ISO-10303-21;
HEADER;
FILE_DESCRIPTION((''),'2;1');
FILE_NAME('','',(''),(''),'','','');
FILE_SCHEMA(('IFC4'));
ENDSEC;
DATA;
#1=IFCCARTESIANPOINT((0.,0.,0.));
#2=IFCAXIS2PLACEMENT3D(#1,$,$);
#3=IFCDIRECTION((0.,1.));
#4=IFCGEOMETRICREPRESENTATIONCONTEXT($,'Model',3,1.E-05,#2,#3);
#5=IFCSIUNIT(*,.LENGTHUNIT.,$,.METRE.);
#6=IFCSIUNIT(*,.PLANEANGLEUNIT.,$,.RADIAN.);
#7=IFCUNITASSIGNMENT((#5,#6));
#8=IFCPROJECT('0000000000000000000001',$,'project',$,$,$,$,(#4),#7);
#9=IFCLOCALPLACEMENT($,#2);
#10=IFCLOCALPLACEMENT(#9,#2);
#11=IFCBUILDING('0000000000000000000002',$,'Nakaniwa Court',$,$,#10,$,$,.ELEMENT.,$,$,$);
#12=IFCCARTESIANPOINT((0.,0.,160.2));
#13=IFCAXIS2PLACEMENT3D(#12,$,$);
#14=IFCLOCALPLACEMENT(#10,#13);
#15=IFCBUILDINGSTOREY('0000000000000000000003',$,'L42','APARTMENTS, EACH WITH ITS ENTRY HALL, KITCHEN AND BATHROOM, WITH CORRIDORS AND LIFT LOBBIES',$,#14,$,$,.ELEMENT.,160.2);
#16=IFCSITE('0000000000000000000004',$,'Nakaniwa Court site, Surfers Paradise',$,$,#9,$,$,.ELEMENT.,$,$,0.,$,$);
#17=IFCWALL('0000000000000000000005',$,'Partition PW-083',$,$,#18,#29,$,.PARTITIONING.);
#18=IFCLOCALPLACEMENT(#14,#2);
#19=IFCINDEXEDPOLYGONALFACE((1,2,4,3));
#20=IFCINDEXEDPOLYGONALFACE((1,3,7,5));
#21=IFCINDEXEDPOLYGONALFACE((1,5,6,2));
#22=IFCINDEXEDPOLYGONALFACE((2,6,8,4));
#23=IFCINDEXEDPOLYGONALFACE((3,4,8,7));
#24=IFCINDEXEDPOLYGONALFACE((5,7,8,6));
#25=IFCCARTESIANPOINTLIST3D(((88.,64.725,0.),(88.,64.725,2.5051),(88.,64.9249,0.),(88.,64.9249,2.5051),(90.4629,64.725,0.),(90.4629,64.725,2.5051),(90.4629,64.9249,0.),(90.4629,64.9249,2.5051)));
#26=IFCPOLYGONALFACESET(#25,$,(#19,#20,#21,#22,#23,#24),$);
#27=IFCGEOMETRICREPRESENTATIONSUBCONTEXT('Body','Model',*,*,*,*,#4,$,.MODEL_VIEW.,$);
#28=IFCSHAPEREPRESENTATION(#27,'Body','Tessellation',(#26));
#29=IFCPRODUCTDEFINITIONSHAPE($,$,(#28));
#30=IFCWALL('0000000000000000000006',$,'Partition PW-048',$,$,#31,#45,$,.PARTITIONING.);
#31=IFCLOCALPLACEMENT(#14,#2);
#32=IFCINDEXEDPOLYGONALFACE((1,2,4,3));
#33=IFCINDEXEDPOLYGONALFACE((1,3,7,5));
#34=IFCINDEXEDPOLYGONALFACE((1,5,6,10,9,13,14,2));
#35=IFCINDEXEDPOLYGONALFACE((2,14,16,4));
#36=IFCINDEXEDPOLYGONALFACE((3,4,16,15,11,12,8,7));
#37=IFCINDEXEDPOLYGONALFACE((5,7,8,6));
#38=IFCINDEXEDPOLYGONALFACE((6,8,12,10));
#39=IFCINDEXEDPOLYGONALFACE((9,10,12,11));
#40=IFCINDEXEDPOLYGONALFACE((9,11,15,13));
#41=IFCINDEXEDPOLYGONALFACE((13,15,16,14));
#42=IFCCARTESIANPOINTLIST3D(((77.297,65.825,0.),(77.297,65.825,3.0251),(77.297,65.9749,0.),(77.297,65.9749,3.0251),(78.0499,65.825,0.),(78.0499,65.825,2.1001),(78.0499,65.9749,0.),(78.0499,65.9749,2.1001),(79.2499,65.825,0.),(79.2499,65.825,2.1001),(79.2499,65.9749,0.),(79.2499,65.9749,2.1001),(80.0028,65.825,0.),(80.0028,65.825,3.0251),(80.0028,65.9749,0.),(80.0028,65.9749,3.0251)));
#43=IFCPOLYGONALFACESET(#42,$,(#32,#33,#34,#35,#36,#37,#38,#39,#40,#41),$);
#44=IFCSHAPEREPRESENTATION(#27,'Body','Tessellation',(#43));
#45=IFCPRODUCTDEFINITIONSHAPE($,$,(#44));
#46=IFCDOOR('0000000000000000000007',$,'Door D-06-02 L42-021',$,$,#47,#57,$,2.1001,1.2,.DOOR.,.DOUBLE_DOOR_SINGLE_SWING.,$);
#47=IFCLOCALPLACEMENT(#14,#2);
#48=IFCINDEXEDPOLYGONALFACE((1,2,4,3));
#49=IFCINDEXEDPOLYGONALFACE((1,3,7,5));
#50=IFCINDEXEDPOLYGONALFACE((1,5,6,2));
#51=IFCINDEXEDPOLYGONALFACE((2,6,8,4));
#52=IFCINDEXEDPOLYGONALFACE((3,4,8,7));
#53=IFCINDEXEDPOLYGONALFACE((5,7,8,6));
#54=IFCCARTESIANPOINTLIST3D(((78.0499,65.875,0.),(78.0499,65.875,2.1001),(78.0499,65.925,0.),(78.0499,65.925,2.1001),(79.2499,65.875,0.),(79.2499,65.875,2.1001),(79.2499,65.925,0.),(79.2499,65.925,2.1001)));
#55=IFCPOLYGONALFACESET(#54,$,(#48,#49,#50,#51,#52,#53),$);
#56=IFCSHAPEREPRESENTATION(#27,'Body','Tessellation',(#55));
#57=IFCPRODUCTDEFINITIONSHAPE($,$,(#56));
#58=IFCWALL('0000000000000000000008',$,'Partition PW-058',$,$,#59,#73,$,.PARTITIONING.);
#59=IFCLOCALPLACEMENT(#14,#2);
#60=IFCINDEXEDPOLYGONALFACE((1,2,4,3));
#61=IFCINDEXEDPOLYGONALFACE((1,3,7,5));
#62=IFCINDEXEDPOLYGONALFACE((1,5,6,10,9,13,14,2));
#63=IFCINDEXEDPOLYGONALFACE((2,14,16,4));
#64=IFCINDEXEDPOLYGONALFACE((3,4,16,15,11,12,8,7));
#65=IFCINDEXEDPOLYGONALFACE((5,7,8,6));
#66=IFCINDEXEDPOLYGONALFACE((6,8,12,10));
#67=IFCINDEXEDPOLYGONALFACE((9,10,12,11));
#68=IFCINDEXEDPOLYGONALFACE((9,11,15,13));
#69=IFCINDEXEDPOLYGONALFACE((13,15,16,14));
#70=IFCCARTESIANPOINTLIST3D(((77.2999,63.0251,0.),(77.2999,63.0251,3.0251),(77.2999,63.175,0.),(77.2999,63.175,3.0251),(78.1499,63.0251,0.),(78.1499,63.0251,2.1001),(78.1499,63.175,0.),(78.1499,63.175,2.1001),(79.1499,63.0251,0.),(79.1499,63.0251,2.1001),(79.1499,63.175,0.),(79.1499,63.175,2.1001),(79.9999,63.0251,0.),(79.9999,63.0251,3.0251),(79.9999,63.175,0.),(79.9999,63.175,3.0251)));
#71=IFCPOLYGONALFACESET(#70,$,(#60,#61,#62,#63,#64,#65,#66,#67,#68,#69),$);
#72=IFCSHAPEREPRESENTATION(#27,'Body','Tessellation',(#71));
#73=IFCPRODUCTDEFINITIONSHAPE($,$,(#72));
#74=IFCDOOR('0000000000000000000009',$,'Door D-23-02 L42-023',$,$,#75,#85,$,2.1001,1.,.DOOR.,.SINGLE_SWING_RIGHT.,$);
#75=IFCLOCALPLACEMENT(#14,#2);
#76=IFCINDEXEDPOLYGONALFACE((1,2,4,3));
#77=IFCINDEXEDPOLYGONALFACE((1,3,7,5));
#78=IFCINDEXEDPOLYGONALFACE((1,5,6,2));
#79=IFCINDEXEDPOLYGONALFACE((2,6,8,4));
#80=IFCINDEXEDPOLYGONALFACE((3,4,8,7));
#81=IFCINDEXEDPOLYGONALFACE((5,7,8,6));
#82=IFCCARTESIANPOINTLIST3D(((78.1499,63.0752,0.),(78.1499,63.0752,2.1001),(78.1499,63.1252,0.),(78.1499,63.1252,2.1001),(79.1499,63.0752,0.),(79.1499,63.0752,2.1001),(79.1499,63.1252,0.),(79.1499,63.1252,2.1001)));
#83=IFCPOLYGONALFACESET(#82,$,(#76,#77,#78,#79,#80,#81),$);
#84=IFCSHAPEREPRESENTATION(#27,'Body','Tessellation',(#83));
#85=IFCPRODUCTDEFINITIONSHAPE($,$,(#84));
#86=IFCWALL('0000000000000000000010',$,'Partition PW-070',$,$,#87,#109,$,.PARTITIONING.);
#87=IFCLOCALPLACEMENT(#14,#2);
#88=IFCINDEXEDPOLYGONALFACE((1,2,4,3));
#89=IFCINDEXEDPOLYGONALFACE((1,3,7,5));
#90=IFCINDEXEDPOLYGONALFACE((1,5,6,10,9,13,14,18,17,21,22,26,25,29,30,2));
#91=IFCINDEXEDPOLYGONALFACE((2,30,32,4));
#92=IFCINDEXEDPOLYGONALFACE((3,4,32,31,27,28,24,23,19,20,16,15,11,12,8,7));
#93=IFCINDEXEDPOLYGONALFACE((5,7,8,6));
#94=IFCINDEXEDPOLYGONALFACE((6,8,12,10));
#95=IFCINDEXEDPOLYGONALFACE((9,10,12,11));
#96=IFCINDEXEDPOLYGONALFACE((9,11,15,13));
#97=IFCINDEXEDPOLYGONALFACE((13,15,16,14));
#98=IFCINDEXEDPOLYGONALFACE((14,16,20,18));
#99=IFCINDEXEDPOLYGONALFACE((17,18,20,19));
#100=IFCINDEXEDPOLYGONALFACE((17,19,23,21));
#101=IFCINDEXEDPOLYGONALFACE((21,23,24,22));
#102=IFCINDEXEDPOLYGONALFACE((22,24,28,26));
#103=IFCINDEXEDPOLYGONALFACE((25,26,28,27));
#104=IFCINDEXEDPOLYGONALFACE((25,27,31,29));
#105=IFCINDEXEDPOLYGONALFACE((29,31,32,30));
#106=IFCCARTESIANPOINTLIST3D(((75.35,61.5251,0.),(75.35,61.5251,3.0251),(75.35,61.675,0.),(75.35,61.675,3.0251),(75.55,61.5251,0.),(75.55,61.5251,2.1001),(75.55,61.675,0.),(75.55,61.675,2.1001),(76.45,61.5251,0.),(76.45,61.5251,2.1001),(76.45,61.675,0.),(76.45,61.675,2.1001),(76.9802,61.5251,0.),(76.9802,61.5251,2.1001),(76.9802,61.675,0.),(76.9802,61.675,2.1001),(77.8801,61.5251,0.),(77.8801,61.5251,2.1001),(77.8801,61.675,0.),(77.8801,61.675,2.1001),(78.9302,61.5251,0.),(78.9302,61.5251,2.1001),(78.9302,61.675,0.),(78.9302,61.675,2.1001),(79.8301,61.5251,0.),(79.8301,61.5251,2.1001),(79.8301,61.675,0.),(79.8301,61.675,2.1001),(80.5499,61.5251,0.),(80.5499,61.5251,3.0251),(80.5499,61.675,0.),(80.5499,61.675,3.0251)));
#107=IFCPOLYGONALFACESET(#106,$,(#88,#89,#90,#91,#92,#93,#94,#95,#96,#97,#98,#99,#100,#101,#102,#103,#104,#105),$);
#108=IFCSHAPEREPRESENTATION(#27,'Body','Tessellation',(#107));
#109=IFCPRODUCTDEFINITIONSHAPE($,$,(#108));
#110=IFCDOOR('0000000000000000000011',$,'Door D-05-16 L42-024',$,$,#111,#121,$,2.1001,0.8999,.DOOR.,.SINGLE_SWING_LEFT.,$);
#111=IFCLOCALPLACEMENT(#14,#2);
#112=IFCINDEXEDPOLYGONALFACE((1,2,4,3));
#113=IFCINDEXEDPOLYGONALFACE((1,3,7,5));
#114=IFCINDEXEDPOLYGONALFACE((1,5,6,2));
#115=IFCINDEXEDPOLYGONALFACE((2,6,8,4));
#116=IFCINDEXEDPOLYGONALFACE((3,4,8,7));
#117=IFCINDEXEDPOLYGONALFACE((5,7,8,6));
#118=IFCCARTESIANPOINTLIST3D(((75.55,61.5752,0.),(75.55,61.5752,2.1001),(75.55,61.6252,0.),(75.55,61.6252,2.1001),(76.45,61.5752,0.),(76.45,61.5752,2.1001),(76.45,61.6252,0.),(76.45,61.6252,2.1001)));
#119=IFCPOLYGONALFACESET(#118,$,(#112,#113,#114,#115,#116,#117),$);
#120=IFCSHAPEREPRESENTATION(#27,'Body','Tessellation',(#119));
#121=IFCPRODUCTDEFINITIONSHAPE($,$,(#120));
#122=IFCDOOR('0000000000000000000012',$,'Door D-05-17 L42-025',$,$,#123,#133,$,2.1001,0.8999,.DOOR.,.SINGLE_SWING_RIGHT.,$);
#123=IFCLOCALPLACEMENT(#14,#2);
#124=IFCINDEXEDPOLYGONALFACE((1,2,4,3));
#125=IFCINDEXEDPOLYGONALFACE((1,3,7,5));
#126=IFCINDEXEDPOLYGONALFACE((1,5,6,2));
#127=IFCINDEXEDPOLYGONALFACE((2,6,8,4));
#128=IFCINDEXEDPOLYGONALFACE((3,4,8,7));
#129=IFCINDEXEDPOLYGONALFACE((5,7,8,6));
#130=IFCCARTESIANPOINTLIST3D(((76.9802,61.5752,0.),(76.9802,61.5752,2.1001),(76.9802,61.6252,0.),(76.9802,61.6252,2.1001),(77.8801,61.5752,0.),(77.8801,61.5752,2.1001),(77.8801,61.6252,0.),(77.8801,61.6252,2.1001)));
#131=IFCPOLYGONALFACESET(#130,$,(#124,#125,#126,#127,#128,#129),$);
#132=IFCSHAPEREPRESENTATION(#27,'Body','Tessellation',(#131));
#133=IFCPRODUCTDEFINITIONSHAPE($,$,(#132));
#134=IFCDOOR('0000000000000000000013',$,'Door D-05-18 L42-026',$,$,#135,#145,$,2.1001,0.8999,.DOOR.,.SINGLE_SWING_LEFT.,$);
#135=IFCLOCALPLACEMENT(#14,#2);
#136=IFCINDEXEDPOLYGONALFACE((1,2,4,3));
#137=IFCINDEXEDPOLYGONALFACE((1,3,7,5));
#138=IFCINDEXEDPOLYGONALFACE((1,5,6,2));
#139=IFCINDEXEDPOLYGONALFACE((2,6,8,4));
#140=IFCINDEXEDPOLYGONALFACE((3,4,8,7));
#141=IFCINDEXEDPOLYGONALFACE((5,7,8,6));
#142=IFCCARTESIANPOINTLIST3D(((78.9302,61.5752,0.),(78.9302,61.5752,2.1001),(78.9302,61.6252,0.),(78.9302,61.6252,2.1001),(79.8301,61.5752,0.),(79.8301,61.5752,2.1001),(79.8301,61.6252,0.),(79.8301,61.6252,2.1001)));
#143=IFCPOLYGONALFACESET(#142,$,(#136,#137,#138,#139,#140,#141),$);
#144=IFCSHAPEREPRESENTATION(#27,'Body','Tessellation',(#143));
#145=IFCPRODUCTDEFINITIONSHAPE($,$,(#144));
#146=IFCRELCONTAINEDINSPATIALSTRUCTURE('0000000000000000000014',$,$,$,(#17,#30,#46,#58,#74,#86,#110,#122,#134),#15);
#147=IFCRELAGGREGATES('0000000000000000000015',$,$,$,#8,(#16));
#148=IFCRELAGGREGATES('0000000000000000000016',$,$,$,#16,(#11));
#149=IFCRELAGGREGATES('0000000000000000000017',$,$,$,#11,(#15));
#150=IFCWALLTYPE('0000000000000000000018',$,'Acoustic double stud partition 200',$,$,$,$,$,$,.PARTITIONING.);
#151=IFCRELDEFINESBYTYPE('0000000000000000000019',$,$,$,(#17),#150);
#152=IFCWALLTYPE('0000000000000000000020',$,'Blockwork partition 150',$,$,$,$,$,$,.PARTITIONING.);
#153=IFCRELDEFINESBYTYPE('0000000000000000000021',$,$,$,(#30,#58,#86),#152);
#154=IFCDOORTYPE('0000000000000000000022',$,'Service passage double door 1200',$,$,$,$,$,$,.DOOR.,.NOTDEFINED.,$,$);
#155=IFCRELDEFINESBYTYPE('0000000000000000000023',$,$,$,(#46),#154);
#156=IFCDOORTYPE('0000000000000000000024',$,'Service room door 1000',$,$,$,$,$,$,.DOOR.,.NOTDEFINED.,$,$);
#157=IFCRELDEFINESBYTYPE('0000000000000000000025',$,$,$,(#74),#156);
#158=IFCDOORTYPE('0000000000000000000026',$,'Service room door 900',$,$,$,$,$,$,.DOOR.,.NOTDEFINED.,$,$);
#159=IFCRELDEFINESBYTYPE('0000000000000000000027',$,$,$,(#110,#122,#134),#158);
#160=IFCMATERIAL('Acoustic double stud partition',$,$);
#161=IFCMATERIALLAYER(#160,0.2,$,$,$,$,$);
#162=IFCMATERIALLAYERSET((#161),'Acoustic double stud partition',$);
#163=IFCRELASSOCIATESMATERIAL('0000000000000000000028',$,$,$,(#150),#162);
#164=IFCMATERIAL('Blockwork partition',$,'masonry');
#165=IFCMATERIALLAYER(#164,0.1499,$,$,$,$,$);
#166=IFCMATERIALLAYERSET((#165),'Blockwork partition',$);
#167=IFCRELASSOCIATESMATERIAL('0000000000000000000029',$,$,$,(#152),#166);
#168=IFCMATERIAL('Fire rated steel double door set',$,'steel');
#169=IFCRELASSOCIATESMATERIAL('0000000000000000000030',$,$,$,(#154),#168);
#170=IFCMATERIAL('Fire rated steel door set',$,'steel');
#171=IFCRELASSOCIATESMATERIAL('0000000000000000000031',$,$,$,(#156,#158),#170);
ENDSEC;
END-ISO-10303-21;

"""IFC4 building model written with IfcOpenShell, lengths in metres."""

from ifc_helpers import new_model, si_unit, direction, frame, frame_2d, origin, place, context, subcontext, project, spatial, rectangle, extrude, material, layer, layer_set, type_object, element, fill, save


model = new_model("IFC4")

# Units and contexts
model_context = context("Model", 3, precision=1e-05, world=origin(), true_north=direction((0.0, 1.0)))
body_context = subcontext(model_context, "Body", "Model", "MODEL_VIEW")
ifc_project = project(units=[si_unit("LENGTHUNIT", "METRE"), si_unit("PLANEANGLEUNIT", "RADIAN")], contexts=[model_context])

# Site, building, storey
site_placement = place(None, origin())
site = spatial("IfcSite", under=ifc_project, at=site_placement, Name="Nakaniwa Court site, Surfers Paradise", CompositionType="ELEMENT", RefElevation=0.0)
building_placement = place(site_placement, origin())
building = spatial("IfcBuilding", under=site, at=building_placement, Name="Nakaniwa Court", CompositionType="ELEMENT")
storey_placement = place(building_placement, frame((0.0, 0.0, 160.2)))
storey = spatial("IfcBuildingStorey", under=building, at=storey_placement, Name="L42", Description="APARTMENTS, EACH WITH ITS ENTRY HALL, KITCHEN AND BATHROOM, WITH CORRIDORS AND LIFT LOBBIES", CompositionType="ELEMENT", Elevation=160.2)

# Wall
ifc_material_1 = material(Name="Acoustic double stud partition")
ifc_layer_1 = layer(ifc_material_1, 0.2)
ifc_layer_set_1 = layer_set([ifc_layer_1], Name="Acoustic double stud partition")
wall_type_1 = type_object("IfcWallType", Name="Acoustic double stud partition 200", PredefinedType="PARTITIONING", material=ifc_layer_set_1)
wall_1_placement = place(storey_placement, frame((88.0, 64.825, 0.0), z_axis=(0.0, 0.0, 1.0), x_axis=(1.0, 0.0, 0.0)))
element("IfcWall", 1, at=wall_1_placement, inside=storey, type_object=wall_type_1, Name="Partition PW-083", PredefinedType="PARTITIONING", context=body_context, shape_type="SweptSolid", body=[
    extrude(rectangle(XDim=2.4629, YDim=0.2, at=frame_2d((1.2314, 0.0))), origin(), (0.0, 0.0, 1.0), 2.5051),
])

# Walls, openings, doors
ifc_material_2 = material(Name="Blockwork partition", Category="masonry")
ifc_layer_2 = layer(ifc_material_2, 0.1499)
ifc_layer_set_2 = layer_set([ifc_layer_2], Name="Blockwork partition")
wall_type_2 = type_object("IfcWallType", Name="Blockwork partition 150", PredefinedType="PARTITIONING", material=ifc_layer_set_2)
wall_2_placement = place(storey_placement, frame((80.0029, 65.8999, 0.0), z_axis=(0.0, 0.0, 1.0), x_axis=(-1.0, 0.0, 0.0)))
wall_2 = element("IfcWall", 2, at=wall_2_placement, inside=storey, type_object=wall_type_2, Name="Partition PW-048", PredefinedType="PARTITIONING", context=body_context, shape_type="SweptSolid", body=[
    extrude(rectangle(XDim=2.7058, YDim=0.1499, at=frame_2d((1.353, 0.0))), origin(), (0.0, 0.0, 1.0), 3.0251),
])
opening_1_placement = place(wall_2_placement, frame((0.7529, 0.0, 0.0)))
opening_1 = element("IfcOpeningElement", 3, at=opening_1_placement, cuts=wall_2, PredefinedType="OPENING", context=body_context, shape_type="SweptSolid", body=[
    extrude(rectangle(XDim=1.2, YDim=2.1001, at=frame_2d((0.6001, 1.05))), frame((0.0, 0.085, 0.0), z_axis=(0.0, -1.0, 0.0), x_axis=(1.0, 0.0, 0.0)), (0.0, 0.0, 1.0), 0.1699),
])
ifc_material_3 = material(Name="Fire rated steel double door set", Category="steel")
door_type_1 = type_object("IfcDoorType", Name="Service passage double door 1200", OperationType="NOTDEFINED", PredefinedType="DOOR", material=ifc_material_3)
door_1_placement = place(opening_1_placement, origin())
door_1 = element("IfcDoor", 4, at=door_1_placement, inside=storey, type_object=door_type_1, Name="Door D-06-02 L42-021", OperationType="DOUBLE_DOOR_SINGLE_SWING", OverallHeight=2.1001, OverallWidth=1.2, PredefinedType="DOOR", context=body_context, shape_type="SweptSolid", body=[
    extrude(rectangle(XDim=1.2, YDim=2.1001, at=frame_2d((0.6001, 1.05))), frame((0.0, 0.0249, 0.0), z_axis=(0.0, -1.0, 0.0), x_axis=(1.0, 0.0, 0.0)), (0.0, 0.0, 1.0), 0.05),
])
fill(opening_1, door_1)
wall_3_placement = place(storey_placement, frame((80.0, 63.1001, 0.0), z_axis=(0.0, 0.0, 1.0), x_axis=(-1.0, 0.0, 0.0)))
wall_3 = element("IfcWall", 5, at=wall_3_placement, inside=storey, type_object=wall_type_2, Name="Partition PW-058", PredefinedType="PARTITIONING", context=body_context, shape_type="SweptSolid", body=[
    extrude(rectangle(XDim=2.7, YDim=0.1499, at=frame_2d((1.3501, 0.0))), origin(), (0.0, 0.0, 1.0), 3.0251),
])
opening_2_placement = place(wall_3_placement, frame((0.8501, 0.0, 0.0)))
opening_2 = element("IfcOpeningElement", 6, at=opening_2_placement, cuts=wall_3, PredefinedType="OPENING", context=body_context, shape_type="SweptSolid", body=[
    extrude(rectangle(XDim=1.0, YDim=2.1001, at=frame_2d((0.5, 1.05))), frame((0.0, 0.085, 0.0), z_axis=(0.0, -1.0, 0.0), x_axis=(1.0, 0.0, 0.0)), (0.0, 0.0, 1.0), 0.1699),
])
ifc_material_4 = material(Name="Fire rated steel door set", Category="steel")
door_type_2 = type_object("IfcDoorType", Name="Service room door 1000", OperationType="NOTDEFINED", PredefinedType="DOOR", material=ifc_material_4)
door_2_placement = place(opening_2_placement, origin())
door_2 = element("IfcDoor", 7, at=door_2_placement, inside=storey, type_object=door_type_2, Name="Door D-23-02 L42-023", OperationType="SINGLE_SWING_RIGHT", OverallHeight=2.1001, OverallWidth=1.0, PredefinedType="DOOR", context=body_context, shape_type="SweptSolid", body=[
    extrude(rectangle(XDim=1.0, YDim=2.1001, at=frame_2d((0.5, 1.05))), frame((0.0, 0.0249, 0.0), z_axis=(0.0, -1.0, 0.0), x_axis=(1.0, 0.0, 0.0)), (0.0, 0.0, 1.0), 0.05),
])
fill(opening_2, door_2)

# Wall, openings, doors
wall_4_placement = place(storey_placement, frame((80.55, 61.6001, 0.0), z_axis=(0.0, 0.0, 1.0), x_axis=(-1.0, 0.0, 0.0)))
wall_4 = element("IfcWall", 8, at=wall_4_placement, inside=storey, type_object=wall_type_2, Name="Partition PW-070", PredefinedType="PARTITIONING", context=body_context, shape_type="SweptSolid", body=[
    extrude(rectangle(XDim=5.2, YDim=0.1499, at=frame_2d((2.6001, 0.0))), origin(), (0.0, 0.0, 1.0), 3.0251),
])
opening_3_placement = place(wall_4_placement, frame((4.1001, 0.0, 0.0)))
opening_3 = element("IfcOpeningElement", 9, at=opening_3_placement, cuts=wall_4, PredefinedType="OPENING", context=body_context, shape_type="SweptSolid", body=[
    extrude(rectangle(XDim=0.8999, YDim=2.1001, at=frame_2d((0.45, 1.05))), frame((0.0, 0.085, 0.0), z_axis=(0.0, -1.0, 0.0), x_axis=(1.0, 0.0, 0.0)), (0.0, 0.0, 1.0), 0.1699),
])
opening_4_placement = place(wall_4_placement, frame((2.6699, 0.0, 0.0)))
opening_4 = element("IfcOpeningElement", 10, at=opening_4_placement, cuts=wall_4, PredefinedType="OPENING", context=body_context, shape_type="SweptSolid", body=[
    extrude(rectangle(XDim=0.8999, YDim=2.1001, at=frame_2d((0.45, 1.05))), frame((0.0, 0.085, 0.0), z_axis=(0.0, -1.0, 0.0), x_axis=(1.0, 0.0, 0.0)), (0.0, 0.0, 1.0), 0.1699),
])
opening_5_placement = place(wall_4_placement, frame((0.72, 0.0, 0.0)))
opening_5 = element("IfcOpeningElement", 11, at=opening_5_placement, cuts=wall_4, PredefinedType="OPENING", context=body_context, shape_type="SweptSolid", body=[
    extrude(rectangle(XDim=0.8999, YDim=2.1001, at=frame_2d((0.45, 1.05))), frame((0.0, 0.085, 0.0), z_axis=(0.0, -1.0, 0.0), x_axis=(1.0, 0.0, 0.0)), (0.0, 0.0, 1.0), 0.1699),
])
door_type_3 = type_object("IfcDoorType", Name="Service room door 900", OperationType="NOTDEFINED", PredefinedType="DOOR", material=ifc_material_4)
door_3_placement = place(opening_3_placement, origin())
door_3 = element("IfcDoor", 12, at=door_3_placement, inside=storey, type_object=door_type_3, Name="Door D-05-16 L42-024", OperationType="SINGLE_SWING_LEFT", OverallHeight=2.1001, OverallWidth=0.8999, PredefinedType="DOOR", context=body_context, shape_type="SweptSolid", body=[
    extrude(rectangle(XDim=0.8999, YDim=2.1001, at=frame_2d((0.45, 1.05))), frame((0.0, 0.0249, 0.0), z_axis=(0.0, -1.0, 0.0), x_axis=(1.0, 0.0, 0.0)), (0.0, 0.0, 1.0), 0.05),
])
fill(opening_3, door_3)
door_4_placement = place(opening_4_placement, origin())
door_4 = element("IfcDoor", 13, at=door_4_placement, inside=storey, type_object=door_type_3, Name="Door D-05-17 L42-025", OperationType="SINGLE_SWING_RIGHT", OverallHeight=2.1001, OverallWidth=0.8999, PredefinedType="DOOR", context=body_context, shape_type="SweptSolid", body=[
    extrude(rectangle(XDim=0.8999, YDim=2.1001, at=frame_2d((0.45, 1.05))), frame((0.0, 0.0249, 0.0), z_axis=(0.0, -1.0, 0.0), x_axis=(1.0, 0.0, 0.0)), (0.0, 0.0, 1.0), 0.05),
])
fill(opening_4, door_4)
door_5_placement = place(opening_5_placement, origin())
door_5 = element("IfcDoor", 14, at=door_5_placement, inside=storey, type_object=door_type_3, Name="Door D-05-18 L42-026", OperationType="SINGLE_SWING_LEFT", OverallHeight=2.1001, OverallWidth=0.8999, PredefinedType="DOOR", context=body_context, shape_type="SweptSolid", body=[
    extrude(rectangle(XDim=0.8999, YDim=2.1001, at=frame_2d((0.45, 1.05))), frame((0.0, 0.0249, 0.0), z_axis=(0.0, -1.0, 0.0), x_axis=(1.0, 0.0, 0.0)), (0.0, 0.0, 1.0), 0.05),
])
fill(opening_5, door_5)

save(model, "model.ifc")
